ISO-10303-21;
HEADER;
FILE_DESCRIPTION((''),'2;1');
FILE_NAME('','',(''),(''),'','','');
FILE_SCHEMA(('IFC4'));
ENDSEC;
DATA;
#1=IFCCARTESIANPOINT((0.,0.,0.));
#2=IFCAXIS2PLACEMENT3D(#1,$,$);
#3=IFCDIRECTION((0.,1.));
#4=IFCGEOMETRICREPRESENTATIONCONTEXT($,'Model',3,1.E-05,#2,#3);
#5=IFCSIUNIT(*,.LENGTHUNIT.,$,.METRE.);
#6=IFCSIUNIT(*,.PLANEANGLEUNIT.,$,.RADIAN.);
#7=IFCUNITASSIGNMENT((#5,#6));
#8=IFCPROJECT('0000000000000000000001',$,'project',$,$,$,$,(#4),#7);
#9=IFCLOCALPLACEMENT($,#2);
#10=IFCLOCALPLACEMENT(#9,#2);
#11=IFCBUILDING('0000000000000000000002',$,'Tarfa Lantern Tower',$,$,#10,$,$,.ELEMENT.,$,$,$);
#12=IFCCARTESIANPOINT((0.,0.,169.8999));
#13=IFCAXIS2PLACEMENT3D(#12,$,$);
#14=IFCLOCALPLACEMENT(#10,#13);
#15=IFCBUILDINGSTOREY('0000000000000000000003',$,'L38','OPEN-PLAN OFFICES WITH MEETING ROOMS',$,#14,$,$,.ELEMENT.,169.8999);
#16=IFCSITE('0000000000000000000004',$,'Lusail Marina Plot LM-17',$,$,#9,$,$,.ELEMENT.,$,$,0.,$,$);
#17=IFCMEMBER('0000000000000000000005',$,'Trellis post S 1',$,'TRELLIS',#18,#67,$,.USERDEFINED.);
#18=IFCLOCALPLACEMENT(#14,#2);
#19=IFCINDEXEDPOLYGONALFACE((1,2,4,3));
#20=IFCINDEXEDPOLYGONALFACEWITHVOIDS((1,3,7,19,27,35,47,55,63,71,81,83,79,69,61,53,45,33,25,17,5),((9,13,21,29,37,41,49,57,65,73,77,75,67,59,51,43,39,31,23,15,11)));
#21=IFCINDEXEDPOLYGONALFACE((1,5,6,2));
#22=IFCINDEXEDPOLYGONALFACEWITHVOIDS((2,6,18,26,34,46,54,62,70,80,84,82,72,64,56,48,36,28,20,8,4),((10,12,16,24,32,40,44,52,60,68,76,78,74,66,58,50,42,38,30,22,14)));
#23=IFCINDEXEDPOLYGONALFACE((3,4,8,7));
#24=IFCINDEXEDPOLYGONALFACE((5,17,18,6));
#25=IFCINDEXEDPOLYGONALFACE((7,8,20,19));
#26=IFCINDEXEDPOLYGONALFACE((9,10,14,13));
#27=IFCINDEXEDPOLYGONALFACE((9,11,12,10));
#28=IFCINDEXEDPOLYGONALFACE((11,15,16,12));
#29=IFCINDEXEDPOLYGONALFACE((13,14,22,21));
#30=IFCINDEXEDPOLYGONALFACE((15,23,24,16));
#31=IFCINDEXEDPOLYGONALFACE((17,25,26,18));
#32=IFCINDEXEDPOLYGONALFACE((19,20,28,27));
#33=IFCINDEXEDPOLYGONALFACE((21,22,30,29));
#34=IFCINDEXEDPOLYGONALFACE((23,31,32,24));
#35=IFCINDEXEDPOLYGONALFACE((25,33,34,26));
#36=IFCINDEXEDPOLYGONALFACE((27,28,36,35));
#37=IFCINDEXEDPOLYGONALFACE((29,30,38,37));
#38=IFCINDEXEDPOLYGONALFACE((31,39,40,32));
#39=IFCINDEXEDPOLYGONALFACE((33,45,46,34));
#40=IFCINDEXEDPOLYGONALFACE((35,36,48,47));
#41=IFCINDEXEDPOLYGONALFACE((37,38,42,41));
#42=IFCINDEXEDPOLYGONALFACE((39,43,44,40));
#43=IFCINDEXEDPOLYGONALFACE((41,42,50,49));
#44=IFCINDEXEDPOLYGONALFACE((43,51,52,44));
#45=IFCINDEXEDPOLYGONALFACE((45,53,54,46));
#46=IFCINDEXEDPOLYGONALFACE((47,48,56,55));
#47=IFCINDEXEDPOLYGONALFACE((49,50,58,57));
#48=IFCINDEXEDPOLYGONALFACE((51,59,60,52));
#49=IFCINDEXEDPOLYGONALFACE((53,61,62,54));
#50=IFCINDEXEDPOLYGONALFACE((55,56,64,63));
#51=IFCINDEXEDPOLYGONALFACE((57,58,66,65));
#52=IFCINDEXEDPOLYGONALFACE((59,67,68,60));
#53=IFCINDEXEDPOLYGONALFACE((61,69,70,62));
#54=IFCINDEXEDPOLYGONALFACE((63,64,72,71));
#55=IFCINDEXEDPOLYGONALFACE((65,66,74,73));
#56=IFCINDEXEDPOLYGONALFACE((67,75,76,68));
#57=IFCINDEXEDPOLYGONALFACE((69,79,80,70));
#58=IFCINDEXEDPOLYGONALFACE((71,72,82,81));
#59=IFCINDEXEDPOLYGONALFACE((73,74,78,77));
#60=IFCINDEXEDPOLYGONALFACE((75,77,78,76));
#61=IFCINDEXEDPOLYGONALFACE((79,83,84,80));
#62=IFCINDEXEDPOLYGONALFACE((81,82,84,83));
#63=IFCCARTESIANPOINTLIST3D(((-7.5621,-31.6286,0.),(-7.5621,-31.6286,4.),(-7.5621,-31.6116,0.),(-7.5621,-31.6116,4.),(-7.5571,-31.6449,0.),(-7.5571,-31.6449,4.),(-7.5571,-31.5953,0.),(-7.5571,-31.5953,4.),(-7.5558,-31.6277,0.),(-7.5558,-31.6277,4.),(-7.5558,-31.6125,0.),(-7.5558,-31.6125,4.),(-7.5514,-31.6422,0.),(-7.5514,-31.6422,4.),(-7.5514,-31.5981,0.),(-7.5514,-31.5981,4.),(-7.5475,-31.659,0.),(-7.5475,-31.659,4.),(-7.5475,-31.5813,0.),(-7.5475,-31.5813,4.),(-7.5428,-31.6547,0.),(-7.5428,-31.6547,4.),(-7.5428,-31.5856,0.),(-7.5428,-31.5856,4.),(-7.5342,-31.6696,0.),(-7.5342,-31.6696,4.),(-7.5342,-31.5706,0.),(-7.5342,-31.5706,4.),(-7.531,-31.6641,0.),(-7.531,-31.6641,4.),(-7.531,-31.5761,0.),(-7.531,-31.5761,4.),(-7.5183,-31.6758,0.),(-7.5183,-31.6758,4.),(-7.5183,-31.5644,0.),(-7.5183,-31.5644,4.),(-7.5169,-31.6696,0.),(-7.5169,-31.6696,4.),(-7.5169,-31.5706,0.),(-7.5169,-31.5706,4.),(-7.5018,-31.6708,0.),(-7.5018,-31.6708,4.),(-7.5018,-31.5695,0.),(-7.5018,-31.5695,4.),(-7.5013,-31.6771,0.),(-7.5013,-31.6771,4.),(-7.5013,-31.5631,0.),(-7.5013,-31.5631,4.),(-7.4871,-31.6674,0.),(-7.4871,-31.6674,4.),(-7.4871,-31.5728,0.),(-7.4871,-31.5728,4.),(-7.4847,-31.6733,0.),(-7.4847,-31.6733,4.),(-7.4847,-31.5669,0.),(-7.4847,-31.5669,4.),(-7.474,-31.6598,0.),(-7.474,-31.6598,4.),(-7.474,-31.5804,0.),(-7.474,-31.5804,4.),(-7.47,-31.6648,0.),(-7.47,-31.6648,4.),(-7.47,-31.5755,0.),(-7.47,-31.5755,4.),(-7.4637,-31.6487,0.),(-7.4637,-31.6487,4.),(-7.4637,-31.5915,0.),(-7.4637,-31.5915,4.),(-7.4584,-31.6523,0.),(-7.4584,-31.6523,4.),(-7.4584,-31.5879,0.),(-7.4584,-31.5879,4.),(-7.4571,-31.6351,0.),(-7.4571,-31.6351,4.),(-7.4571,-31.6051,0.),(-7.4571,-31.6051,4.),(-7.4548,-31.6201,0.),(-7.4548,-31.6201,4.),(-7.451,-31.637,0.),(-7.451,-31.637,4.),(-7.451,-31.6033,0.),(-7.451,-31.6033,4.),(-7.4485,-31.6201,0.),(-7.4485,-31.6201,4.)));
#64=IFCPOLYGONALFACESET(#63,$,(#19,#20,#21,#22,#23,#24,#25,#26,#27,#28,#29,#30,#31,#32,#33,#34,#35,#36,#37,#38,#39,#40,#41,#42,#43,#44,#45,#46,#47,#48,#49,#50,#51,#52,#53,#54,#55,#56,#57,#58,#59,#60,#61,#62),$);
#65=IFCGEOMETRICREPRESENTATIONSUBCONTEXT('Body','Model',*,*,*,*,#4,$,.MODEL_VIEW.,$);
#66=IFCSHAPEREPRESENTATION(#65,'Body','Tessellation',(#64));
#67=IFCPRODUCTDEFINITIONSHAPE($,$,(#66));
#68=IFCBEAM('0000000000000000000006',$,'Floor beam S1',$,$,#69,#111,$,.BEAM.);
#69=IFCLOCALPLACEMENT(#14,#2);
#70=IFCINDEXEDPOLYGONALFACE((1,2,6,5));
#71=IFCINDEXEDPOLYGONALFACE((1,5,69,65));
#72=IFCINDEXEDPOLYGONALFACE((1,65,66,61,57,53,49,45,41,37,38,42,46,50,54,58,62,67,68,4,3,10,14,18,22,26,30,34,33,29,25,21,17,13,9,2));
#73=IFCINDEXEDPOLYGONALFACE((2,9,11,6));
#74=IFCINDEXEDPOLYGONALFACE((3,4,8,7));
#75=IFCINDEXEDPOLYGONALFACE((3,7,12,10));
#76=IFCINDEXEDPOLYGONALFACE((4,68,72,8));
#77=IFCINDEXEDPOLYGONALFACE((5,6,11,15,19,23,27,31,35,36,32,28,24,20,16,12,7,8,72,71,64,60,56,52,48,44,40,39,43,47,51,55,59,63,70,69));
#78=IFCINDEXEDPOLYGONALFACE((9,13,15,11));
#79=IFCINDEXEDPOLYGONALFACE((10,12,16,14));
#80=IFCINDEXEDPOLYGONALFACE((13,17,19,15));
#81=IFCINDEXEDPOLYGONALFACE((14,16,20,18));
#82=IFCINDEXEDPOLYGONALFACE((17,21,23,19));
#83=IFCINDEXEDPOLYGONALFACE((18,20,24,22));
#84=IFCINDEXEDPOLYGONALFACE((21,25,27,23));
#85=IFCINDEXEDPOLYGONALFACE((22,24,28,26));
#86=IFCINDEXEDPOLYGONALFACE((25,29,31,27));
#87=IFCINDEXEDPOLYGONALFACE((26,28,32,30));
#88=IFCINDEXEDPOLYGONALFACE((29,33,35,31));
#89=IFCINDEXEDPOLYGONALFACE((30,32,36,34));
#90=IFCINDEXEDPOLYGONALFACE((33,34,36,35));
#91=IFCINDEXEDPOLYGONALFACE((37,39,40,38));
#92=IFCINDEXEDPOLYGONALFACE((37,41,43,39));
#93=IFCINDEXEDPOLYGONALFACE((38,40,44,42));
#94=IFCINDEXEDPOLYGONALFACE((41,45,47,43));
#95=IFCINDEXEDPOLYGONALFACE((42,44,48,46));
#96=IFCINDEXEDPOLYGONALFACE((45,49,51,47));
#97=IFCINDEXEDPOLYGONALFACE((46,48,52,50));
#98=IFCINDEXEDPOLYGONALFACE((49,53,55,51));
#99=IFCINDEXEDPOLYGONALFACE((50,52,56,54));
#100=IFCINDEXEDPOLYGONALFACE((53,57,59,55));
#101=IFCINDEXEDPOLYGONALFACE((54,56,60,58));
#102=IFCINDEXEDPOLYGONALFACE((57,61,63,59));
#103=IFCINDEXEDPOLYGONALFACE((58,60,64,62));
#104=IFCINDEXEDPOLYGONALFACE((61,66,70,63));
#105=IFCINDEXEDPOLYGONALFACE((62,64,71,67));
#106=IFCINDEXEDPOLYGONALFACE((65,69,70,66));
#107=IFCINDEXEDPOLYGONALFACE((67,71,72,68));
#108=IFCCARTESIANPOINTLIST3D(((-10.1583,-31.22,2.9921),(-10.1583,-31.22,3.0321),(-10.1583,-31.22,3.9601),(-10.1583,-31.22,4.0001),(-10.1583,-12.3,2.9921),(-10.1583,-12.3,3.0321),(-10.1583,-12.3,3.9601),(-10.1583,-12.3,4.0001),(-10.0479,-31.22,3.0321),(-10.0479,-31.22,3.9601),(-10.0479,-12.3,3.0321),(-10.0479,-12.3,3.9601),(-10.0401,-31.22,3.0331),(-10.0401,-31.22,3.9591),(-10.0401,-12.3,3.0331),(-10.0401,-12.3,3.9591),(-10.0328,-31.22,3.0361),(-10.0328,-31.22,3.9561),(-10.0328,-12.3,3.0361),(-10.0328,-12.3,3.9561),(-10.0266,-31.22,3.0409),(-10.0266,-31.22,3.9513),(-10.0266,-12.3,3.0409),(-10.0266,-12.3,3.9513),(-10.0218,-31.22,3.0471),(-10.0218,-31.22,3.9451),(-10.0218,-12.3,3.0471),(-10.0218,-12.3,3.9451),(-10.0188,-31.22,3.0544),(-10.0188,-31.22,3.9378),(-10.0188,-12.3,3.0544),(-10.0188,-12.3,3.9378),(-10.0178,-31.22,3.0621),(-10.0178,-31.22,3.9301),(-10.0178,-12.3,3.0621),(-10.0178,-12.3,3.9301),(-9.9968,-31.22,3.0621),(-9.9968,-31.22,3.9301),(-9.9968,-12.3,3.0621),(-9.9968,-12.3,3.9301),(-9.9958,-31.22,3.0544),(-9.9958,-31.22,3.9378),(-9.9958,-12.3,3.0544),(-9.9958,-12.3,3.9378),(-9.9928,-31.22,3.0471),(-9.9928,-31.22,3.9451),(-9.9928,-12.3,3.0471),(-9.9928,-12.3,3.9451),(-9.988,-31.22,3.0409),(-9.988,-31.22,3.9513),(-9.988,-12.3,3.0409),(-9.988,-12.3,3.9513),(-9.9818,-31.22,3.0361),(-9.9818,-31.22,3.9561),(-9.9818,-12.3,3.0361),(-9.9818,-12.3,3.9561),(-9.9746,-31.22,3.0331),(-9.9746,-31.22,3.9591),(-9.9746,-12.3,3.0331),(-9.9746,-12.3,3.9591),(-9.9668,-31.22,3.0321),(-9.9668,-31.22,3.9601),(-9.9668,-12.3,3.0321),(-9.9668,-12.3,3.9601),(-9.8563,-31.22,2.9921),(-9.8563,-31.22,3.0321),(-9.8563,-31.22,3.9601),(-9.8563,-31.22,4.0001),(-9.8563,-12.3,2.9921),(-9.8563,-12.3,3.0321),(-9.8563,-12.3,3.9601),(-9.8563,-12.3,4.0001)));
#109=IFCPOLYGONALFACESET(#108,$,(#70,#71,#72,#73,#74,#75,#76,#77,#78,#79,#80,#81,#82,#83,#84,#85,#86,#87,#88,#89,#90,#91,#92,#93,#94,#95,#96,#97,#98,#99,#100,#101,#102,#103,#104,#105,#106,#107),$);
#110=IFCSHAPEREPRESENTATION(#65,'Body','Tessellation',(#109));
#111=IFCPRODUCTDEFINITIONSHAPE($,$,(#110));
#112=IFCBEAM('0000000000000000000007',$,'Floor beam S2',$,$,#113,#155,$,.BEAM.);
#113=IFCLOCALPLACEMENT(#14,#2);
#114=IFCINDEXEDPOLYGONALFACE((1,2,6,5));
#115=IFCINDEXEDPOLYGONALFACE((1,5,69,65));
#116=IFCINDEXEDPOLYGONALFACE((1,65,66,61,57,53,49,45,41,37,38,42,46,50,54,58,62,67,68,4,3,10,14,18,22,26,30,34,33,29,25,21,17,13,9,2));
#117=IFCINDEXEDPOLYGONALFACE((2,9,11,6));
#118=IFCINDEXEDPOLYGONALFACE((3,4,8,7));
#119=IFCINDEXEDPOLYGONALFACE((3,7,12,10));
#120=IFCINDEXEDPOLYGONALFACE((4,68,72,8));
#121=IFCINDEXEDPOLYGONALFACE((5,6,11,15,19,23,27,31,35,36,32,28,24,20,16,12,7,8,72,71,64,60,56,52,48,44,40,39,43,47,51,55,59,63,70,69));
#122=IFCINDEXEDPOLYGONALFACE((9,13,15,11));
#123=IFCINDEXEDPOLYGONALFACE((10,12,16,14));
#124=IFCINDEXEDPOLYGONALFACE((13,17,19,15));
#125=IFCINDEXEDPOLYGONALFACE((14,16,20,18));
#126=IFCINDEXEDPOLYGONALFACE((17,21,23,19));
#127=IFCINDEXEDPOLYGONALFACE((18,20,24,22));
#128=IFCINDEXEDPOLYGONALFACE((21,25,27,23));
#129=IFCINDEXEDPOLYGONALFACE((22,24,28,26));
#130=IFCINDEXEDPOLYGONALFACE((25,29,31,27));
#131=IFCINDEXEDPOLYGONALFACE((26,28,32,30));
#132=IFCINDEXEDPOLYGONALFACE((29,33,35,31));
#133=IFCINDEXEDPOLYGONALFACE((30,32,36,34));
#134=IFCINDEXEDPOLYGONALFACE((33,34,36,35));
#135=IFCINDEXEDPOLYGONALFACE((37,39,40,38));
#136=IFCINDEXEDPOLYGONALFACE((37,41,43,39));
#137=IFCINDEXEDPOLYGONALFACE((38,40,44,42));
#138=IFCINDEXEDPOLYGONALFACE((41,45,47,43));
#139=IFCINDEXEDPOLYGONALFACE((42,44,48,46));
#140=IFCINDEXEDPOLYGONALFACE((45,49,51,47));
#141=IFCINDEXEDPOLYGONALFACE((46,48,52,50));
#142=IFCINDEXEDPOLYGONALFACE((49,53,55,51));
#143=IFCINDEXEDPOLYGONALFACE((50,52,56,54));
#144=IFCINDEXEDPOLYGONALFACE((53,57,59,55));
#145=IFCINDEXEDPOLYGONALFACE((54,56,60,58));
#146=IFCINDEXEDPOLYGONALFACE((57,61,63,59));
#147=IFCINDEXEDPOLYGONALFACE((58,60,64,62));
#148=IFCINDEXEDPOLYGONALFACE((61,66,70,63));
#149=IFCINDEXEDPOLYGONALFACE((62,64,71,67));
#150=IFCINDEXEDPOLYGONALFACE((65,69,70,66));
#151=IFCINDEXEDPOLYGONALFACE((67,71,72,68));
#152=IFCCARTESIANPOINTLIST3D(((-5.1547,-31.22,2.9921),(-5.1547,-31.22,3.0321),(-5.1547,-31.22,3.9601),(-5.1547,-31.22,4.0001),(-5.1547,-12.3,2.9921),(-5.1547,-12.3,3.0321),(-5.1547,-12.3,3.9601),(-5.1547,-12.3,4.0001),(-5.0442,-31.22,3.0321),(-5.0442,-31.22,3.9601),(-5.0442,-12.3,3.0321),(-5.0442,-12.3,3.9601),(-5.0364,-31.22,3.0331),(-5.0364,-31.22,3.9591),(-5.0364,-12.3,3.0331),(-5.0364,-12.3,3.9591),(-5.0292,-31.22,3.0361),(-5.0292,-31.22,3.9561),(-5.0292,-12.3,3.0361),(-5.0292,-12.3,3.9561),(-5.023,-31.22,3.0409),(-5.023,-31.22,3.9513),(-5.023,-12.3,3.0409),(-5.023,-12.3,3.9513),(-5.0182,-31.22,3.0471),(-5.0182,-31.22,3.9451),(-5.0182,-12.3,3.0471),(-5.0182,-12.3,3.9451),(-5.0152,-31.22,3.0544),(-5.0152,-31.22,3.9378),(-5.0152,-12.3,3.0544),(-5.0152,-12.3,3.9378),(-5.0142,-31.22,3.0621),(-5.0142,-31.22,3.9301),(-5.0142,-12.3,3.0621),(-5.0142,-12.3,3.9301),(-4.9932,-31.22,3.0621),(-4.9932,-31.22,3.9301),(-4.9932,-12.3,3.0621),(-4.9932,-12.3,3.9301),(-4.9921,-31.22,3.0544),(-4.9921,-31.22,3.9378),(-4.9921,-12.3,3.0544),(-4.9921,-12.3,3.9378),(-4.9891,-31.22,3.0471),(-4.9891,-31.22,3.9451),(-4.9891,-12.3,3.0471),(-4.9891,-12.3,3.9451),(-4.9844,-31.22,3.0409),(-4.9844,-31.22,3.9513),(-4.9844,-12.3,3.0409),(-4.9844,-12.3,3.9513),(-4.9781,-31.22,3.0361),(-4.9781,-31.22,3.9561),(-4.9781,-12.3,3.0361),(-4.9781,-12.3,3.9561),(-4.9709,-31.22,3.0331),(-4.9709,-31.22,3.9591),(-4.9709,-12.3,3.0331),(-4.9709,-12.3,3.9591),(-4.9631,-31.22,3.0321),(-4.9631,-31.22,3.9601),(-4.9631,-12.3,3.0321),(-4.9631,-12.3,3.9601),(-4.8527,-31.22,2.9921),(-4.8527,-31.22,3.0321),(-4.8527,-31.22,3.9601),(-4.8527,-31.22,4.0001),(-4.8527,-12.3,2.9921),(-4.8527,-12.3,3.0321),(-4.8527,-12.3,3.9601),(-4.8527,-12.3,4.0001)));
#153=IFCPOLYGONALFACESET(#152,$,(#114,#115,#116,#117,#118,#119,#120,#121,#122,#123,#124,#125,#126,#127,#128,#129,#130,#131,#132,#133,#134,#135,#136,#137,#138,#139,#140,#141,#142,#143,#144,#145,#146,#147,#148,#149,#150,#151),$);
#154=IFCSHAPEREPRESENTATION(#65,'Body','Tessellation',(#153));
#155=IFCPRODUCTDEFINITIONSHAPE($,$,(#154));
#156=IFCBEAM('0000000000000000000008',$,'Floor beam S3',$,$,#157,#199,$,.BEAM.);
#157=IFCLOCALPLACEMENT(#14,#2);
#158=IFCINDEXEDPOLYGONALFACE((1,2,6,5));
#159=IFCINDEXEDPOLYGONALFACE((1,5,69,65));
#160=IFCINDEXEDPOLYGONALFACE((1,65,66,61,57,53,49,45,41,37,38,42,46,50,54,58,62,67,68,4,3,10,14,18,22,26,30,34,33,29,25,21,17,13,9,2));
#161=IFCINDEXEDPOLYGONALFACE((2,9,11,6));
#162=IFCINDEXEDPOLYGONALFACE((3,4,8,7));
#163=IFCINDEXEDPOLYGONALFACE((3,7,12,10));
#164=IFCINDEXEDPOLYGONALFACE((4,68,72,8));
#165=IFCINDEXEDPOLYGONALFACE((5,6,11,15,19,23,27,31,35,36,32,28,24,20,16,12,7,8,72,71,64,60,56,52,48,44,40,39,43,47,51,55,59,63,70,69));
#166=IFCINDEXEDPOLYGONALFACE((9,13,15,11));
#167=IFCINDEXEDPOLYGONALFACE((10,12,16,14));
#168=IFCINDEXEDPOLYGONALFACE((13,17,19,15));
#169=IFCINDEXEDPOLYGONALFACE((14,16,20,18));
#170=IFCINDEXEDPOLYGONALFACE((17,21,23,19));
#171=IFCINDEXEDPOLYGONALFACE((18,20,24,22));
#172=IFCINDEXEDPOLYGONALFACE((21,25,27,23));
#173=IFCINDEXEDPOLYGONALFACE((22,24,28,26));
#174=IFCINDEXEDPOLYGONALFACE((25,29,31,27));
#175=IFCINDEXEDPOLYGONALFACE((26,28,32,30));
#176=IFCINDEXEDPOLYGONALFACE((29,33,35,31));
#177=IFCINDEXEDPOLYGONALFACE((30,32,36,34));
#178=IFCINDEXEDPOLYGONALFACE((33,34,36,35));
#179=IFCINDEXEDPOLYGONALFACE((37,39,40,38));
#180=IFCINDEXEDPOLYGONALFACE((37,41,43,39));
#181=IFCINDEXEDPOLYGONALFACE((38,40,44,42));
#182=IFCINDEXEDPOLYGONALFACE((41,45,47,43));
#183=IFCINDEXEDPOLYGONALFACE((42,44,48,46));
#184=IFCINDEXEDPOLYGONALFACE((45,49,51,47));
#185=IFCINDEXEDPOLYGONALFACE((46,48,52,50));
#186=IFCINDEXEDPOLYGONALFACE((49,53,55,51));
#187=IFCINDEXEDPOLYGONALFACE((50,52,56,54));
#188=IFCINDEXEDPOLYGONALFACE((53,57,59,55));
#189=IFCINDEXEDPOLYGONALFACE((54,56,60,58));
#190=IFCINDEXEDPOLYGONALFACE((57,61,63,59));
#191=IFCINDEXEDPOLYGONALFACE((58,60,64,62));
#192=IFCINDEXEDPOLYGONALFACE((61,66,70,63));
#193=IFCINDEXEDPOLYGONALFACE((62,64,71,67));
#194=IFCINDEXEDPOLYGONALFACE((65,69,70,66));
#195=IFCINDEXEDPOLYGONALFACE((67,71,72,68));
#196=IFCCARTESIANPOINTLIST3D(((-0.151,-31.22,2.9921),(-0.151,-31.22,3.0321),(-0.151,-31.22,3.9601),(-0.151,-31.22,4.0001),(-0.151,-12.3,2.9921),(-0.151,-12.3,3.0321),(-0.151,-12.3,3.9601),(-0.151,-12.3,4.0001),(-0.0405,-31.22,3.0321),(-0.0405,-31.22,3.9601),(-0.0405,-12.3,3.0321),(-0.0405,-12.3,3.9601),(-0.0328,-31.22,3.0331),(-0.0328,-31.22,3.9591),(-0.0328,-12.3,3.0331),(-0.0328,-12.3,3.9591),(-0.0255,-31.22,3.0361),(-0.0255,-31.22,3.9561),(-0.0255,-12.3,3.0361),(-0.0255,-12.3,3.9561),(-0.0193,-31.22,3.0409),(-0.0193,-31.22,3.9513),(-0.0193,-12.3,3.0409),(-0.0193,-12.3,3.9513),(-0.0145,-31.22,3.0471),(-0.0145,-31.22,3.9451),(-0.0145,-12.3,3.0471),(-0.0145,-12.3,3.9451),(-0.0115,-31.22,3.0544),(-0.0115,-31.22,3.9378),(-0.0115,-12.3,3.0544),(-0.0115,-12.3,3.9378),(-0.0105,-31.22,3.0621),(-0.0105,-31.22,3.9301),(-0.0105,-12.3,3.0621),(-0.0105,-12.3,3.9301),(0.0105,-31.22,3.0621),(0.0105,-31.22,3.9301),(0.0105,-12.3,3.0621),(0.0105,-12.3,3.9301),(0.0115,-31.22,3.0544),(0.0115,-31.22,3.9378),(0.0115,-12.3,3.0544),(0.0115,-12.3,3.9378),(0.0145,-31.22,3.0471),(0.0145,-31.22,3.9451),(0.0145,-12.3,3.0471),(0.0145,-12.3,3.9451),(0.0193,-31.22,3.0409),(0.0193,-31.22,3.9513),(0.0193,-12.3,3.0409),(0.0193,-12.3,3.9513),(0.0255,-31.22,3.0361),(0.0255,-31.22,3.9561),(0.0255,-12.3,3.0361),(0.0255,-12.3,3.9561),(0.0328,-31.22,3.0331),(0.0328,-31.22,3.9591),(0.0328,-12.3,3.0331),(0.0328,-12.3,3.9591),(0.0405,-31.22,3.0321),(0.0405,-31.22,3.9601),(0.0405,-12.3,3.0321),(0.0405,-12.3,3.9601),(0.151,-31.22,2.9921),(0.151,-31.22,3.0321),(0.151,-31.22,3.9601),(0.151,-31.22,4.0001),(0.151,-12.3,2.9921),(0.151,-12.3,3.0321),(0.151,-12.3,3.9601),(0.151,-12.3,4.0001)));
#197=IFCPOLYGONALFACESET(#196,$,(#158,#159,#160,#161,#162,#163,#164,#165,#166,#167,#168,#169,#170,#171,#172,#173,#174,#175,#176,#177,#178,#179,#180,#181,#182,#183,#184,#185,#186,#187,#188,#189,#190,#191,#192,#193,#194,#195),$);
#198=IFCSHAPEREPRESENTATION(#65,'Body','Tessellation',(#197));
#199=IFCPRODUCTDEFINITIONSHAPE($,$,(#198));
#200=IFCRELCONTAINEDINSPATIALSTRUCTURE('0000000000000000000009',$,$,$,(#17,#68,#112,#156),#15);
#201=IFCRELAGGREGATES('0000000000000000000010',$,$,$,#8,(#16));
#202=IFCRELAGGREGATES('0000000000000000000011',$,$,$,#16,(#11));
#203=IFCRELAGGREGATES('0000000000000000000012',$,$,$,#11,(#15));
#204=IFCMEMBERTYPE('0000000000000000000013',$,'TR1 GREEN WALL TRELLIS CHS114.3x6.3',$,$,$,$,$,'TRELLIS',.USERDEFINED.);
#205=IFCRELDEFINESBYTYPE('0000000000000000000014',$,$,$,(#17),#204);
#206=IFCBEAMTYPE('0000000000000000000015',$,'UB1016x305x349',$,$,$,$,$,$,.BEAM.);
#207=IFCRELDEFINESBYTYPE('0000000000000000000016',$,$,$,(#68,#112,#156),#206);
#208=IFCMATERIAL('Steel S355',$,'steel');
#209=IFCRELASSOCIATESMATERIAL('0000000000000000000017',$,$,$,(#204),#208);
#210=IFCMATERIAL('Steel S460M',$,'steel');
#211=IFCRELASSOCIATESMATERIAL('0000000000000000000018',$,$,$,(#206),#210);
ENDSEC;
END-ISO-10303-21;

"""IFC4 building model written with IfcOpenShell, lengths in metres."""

from ifc_helpers import new_model, si_unit, direction, frame, origin, origin_2d, place, context, subcontext, project, spatial, hollow_circle, i_section, extrude, material, material_profile, profile_set, type_object, element, save


model = new_model("IFC4")

# Units and contexts
model_context = context("Model", 3, precision=1e-05, world=origin(), true_north=direction((0.0, 1.0)))
body_context = subcontext(model_context, "Body", "Model", "MODEL_VIEW")
ifc_project = project(units=[si_unit("LENGTHUNIT", "METRE"), si_unit("PLANEANGLEUNIT", "RADIAN")], contexts=[model_context])

# Site, building, storey
site_placement = place(None, origin())
site = spatial("IfcSite", under=ifc_project, at=site_placement, Name="Lusail Marina Plot LM-17", CompositionType="ELEMENT", RefElevation=0.0)
building_placement = place(site_placement, origin())
building = spatial("IfcBuilding", under=site, at=building_placement, Name="Tarfa Lantern Tower", CompositionType="ELEMENT")
storey_placement = place(building_placement, frame((0.0, 0.0, 169.8999)))
storey = spatial("IfcBuildingStorey", under=building, at=storey_placement, Name="L38", Description="OPEN-PLAN OFFICES WITH MEETING ROOMS", CompositionType="ELEMENT", Elevation=169.8999)

# Member
ifc_material_1 = material(Name="Steel S355", Category="steel")
ifc_material_profile_1 = material_profile(ifc_material_1, hollow_circle(Radius=0.0571, WallThickness=0.0063, at=origin_2d()), Name="CHS114.3x6.3")
ifc_profile_set_1 = profile_set([ifc_material_profile_1], Name="Steel S355")
member_type_1 = type_object("IfcMemberType", Name="TR1 GREEN WALL TRELLIS CHS114.3x6.3", ElementType="TRELLIS", PredefinedType="USERDEFINED", material=ifc_profile_set_1)
member_1_placement = place(storey_placement, frame((-7.5056, -31.6201, 0.0), z_axis=(0.0, 0.0, 1.0), x_axis=(1.0, 0.0, 0.0)))
element("IfcMember", 1, at=member_1_placement, inside=storey, type_object=member_type_1, Name="Trellis post S 1", ObjectType="TRELLIS", PredefinedType="USERDEFINED", context=body_context, shape_type="SweptSolid", body=[
    extrude(hollow_circle(Radius=0.0571, WallThickness=0.0063, at=origin_2d()), origin(), (0.0, 0.0, 1.0), 4.0),
])

# Beams
ifc_material_2 = material(Name="Steel S460M", Category="steel")
ifc_material_profile_2 = material_profile(ifc_material_2, i_section(OverallWidth=0.302, OverallDepth=1.0081, WebThickness=0.021, FlangeThickness=0.04, FilletRadius=0.03, at=origin_2d()), Name="UB1016x305x349")
ifc_profile_set_2 = profile_set([ifc_material_profile_2], Name="Steel S460M")
beam_type_1 = type_object("IfcBeamType", Name="UB1016x305x349", PredefinedType="BEAM", material=ifc_profile_set_2)
for number, where, z_axis, x_axis, name in (
    (2, (-10.0073, -31.22, 3.4961), (0.0, 1.0, 0.0), (-1.0, 0.0, 0.0), "Floor beam S1"),
    (3, (-5.0037, -31.22, 3.4961), (0.0, 1.0, 0.0), (-1.0, 0.0, 0.0), "Floor beam S2"),
    (4, (0.0, -31.22, 3.4961), (0.0, 1.0, 0.0), (-1.0, 0.0, 0.0), "Floor beam S3"),
):
    element("IfcBeam", number, at=place(storey_placement, frame(where, z_axis=z_axis, x_axis=x_axis)), inside=storey, type_object=beam_type_1, Name=name, PredefinedType="BEAM", context=body_context, shape_type="SweptSolid", body=[
        extrude(i_section(OverallWidth=0.302, OverallDepth=1.0081, WebThickness=0.021, FlangeThickness=0.04, FilletRadius=0.03, at=origin_2d()), origin(), (0.0, 0.0, 1.0), 18.9199),
    ])

save(model, "model.ifc")
